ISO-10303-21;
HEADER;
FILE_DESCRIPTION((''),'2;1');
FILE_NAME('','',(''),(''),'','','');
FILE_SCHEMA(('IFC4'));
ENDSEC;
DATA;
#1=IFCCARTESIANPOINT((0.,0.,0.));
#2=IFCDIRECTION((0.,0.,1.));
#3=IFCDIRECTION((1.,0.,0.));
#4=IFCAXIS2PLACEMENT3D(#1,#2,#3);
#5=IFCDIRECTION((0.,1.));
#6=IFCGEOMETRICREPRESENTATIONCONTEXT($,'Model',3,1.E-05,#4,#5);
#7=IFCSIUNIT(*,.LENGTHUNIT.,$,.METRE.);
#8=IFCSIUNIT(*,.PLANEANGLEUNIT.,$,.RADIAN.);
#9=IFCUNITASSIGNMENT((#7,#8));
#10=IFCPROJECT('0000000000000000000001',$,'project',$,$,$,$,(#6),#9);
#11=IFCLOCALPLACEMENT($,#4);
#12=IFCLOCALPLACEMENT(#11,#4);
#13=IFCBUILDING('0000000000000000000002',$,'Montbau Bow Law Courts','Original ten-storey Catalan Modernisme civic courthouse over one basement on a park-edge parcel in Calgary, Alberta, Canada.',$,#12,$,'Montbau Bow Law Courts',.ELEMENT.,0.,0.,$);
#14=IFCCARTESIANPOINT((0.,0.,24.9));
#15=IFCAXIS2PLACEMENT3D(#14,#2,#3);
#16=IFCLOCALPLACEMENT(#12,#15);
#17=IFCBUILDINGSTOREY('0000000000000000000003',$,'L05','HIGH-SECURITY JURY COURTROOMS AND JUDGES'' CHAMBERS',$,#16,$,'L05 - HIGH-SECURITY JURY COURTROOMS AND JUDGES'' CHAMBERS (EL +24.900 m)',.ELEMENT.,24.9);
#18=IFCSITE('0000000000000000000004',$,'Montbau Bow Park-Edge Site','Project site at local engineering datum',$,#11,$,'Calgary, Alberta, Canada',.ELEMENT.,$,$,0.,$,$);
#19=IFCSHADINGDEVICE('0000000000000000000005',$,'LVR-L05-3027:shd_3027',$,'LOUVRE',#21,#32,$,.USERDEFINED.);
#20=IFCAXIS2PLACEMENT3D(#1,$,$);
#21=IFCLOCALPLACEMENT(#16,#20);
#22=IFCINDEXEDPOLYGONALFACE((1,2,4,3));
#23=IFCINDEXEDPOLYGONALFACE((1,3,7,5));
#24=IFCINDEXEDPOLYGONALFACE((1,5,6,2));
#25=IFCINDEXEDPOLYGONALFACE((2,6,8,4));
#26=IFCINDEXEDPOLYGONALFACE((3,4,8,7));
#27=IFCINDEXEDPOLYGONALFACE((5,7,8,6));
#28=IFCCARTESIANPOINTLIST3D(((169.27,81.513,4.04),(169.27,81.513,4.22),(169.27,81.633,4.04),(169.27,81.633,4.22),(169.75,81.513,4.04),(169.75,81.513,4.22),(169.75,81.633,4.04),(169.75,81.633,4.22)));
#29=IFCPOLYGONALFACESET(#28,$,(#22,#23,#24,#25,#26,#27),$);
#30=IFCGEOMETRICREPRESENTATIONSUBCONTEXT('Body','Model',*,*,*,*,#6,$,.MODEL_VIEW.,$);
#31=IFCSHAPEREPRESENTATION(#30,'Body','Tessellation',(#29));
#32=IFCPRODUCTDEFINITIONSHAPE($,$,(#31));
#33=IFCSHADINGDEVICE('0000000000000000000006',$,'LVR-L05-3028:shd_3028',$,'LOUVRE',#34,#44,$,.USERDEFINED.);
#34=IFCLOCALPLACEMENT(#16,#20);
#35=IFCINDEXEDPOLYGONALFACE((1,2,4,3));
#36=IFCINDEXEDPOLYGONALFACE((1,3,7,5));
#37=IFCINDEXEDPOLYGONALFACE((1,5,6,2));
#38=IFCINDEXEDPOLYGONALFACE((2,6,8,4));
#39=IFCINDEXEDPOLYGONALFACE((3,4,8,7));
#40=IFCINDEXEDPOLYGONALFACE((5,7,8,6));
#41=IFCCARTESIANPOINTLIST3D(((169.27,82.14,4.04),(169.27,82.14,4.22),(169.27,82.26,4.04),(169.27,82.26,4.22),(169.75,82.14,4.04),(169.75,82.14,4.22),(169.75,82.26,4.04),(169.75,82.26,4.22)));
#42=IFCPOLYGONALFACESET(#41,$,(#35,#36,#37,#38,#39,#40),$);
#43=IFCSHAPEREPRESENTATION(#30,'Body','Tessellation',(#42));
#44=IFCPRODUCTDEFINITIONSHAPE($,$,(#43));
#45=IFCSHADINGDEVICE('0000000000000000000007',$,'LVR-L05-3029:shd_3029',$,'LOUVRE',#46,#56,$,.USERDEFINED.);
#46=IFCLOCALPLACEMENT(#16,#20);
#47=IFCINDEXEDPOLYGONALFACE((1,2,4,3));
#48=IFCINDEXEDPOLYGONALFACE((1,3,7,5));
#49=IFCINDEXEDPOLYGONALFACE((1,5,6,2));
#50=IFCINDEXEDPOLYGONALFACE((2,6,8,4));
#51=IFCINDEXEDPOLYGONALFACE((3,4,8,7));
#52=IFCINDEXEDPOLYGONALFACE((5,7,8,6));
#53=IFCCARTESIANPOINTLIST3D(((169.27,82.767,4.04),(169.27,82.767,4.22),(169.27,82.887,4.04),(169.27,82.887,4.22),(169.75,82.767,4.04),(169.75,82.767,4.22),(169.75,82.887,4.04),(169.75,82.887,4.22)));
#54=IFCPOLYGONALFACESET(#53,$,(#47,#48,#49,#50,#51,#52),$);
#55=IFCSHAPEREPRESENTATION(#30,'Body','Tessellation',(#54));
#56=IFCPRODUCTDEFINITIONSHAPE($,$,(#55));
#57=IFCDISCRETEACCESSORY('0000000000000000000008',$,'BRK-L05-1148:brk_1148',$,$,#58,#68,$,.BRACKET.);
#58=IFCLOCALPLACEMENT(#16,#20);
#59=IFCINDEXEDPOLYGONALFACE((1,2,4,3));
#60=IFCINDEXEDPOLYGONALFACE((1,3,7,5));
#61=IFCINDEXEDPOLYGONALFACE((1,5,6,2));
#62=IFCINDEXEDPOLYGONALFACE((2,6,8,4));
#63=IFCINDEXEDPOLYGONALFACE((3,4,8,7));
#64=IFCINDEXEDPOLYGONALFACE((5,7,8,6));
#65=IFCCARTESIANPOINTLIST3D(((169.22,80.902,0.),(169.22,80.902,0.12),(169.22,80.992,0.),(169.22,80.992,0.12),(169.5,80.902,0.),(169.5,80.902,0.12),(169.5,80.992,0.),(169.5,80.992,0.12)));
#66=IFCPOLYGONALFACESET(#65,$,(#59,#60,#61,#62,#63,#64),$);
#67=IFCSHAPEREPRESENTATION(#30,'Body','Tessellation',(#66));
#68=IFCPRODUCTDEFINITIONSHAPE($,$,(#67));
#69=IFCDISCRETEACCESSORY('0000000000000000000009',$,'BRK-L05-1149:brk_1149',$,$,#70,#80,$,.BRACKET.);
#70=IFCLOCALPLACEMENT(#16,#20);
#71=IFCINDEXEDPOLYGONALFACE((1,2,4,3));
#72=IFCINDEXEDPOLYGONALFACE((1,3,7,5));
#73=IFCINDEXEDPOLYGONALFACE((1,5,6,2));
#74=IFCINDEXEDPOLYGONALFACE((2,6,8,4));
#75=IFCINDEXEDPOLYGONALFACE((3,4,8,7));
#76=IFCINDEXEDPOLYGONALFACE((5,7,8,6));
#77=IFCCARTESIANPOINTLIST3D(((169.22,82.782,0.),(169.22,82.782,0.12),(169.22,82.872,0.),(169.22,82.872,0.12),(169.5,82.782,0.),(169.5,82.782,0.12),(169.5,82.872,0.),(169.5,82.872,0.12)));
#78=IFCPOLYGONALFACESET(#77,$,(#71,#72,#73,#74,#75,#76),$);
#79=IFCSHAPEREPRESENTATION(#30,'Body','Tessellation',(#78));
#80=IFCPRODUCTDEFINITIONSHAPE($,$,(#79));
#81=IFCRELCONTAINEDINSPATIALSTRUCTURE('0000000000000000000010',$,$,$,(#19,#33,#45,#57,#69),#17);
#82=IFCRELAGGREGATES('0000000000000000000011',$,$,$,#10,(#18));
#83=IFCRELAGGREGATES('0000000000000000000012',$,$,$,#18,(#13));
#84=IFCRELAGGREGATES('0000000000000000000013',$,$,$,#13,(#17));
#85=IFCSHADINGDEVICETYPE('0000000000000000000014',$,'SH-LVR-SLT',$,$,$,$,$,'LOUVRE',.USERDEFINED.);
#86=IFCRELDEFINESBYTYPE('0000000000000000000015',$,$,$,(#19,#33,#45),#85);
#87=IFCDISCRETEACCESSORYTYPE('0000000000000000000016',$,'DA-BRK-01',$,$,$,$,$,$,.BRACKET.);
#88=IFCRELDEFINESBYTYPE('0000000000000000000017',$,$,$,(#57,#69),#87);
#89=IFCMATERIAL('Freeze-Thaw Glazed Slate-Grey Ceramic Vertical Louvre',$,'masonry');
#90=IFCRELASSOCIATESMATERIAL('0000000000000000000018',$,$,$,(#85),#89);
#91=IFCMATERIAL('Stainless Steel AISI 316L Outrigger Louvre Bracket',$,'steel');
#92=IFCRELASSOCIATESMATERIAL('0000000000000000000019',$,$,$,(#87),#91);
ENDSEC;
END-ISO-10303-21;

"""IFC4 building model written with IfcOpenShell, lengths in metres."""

from ifc_helpers import new_model, si_unit, direction, frame, origin_with_axes, origin_2d_with_axis, place, context, subcontext, project, spatial, rectangle, extrude, material, type_object, element, save


model = new_model("IFC4")

# Units and contexts
model_context = context("Model", 3, precision=1e-05, world=origin_with_axes(), true_north=direction((0.0, 1.0)))
body_context = subcontext(model_context, "Body", "Model", "MODEL_VIEW")
ifc_project = project(units=[si_unit("LENGTHUNIT", "METRE"), si_unit("PLANEANGLEUNIT", "RADIAN")], contexts=[model_context])

# Site, building, storey
site_placement = place(None, origin_with_axes())
site = spatial("IfcSite", under=ifc_project, at=site_placement, Name="Montbau Bow Park-Edge Site", Description="Project site at local engineering datum", LongName="Calgary, Alberta, Canada", CompositionType="ELEMENT", RefElevation=0.0)
building_placement = place(site_placement, origin_with_axes())
building = spatial("IfcBuilding", under=site, at=building_placement, Name="Montbau Bow Law Courts", Description="Original ten-storey Catalan Modernisme civic courthouse over one basement on a park-edge parcel in Calgary, Alberta, Canada.", LongName="Montbau Bow Law Courts", CompositionType="ELEMENT", ElevationOfRefHeight=0.0, ElevationOfTerrain=0.0)
storey_placement = place(building_placement, frame((0.0, 0.0, 24.9), z_axis=(0.0, 0.0, 1.0), x_axis=(1.0, 0.0, 0.0)))
storey = spatial("IfcBuildingStorey", under=building, at=storey_placement, Name="L05", Description="HIGH-SECURITY JURY COURTROOMS AND JUDGES' CHAMBERS", LongName="L05 - HIGH-SECURITY JURY COURTROOMS AND JUDGES' CHAMBERS (EL +24.900 m)", CompositionType="ELEMENT", Elevation=24.9)

# Shared definitions
ifc_material_1 = material(Name="Freeze-Thaw Glazed Slate-Grey Ceramic Vertical Louvre", Category="masonry")

# Shading devices
shading_device_type = type_object("IfcShadingDeviceType", Name="SH-LVR-SLT", ElementType="LOUVRE", PredefinedType="USERDEFINED", material=ifc_material_1)
for number, where, z_axis, x_axis, name in (
    (1, (169.51, 81.573, 28.94), (0.0, 0.0, 1.0), (1.0, 0.0, 0.0), "LVR-L05-3027:shd_3027"),
    (2, (169.51, 82.2, 28.94), (0.0, 0.0, 1.0), (1.0, 0.0, 0.0), "LVR-L05-3028:shd_3028"),
    (3, (169.51, 82.827, 28.94), (0.0, 0.0, 1.0), (1.0, 0.0, 0.0), "LVR-L05-3029:shd_3029"),
):
    element("IfcShadingDevice", number, at=place(None, frame(where, z_axis=z_axis, x_axis=x_axis)), inside=storey, type_object=shading_device_type, Name=name, ObjectType="LOUVRE", PredefinedType="USERDEFINED", context=body_context, shape_type="SweptSolid", body=[
        extrude(rectangle(XDim=0.48, YDim=0.12, at=origin_2d_with_axis()), origin_with_axes(), (0.0, 0.0, 1.0), 0.18),
    ])

# Discrete accessories
ifc_material_2 = material(Name="Stainless Steel AISI 316L Outrigger Louvre Bracket", Category="steel")
discrete_accessory_type = type_object("IfcDiscreteAccessoryType", Name="DA-BRK-01", PredefinedType="BRACKET", material=ifc_material_2)
for number, where, z_axis, x_axis, name in (
    (4, (169.36, 80.947, 24.9), (0.0, 0.0, 1.0), (1.0, 0.0, 0.0), "BRK-L05-1148:brk_1148"),
    (5, (169.36, 82.827, 24.9), (0.0, 0.0, 1.0), (1.0, 0.0, 0.0), "BRK-L05-1149:brk_1149"),
):
    element("IfcDiscreteAccessory", number, at=place(None, frame(where, z_axis=z_axis, x_axis=x_axis)), inside=storey, type_object=discrete_accessory_type, Name=name, PredefinedType="BRACKET", context=body_context, shape_type="SweptSolid", body=[
        extrude(rectangle(XDim=0.28, YDim=0.09, at=origin_2d_with_axis()), origin_with_axes(), (0.0, 0.0, 1.0), 0.12),
    ])

save(model, "model.ifc")
